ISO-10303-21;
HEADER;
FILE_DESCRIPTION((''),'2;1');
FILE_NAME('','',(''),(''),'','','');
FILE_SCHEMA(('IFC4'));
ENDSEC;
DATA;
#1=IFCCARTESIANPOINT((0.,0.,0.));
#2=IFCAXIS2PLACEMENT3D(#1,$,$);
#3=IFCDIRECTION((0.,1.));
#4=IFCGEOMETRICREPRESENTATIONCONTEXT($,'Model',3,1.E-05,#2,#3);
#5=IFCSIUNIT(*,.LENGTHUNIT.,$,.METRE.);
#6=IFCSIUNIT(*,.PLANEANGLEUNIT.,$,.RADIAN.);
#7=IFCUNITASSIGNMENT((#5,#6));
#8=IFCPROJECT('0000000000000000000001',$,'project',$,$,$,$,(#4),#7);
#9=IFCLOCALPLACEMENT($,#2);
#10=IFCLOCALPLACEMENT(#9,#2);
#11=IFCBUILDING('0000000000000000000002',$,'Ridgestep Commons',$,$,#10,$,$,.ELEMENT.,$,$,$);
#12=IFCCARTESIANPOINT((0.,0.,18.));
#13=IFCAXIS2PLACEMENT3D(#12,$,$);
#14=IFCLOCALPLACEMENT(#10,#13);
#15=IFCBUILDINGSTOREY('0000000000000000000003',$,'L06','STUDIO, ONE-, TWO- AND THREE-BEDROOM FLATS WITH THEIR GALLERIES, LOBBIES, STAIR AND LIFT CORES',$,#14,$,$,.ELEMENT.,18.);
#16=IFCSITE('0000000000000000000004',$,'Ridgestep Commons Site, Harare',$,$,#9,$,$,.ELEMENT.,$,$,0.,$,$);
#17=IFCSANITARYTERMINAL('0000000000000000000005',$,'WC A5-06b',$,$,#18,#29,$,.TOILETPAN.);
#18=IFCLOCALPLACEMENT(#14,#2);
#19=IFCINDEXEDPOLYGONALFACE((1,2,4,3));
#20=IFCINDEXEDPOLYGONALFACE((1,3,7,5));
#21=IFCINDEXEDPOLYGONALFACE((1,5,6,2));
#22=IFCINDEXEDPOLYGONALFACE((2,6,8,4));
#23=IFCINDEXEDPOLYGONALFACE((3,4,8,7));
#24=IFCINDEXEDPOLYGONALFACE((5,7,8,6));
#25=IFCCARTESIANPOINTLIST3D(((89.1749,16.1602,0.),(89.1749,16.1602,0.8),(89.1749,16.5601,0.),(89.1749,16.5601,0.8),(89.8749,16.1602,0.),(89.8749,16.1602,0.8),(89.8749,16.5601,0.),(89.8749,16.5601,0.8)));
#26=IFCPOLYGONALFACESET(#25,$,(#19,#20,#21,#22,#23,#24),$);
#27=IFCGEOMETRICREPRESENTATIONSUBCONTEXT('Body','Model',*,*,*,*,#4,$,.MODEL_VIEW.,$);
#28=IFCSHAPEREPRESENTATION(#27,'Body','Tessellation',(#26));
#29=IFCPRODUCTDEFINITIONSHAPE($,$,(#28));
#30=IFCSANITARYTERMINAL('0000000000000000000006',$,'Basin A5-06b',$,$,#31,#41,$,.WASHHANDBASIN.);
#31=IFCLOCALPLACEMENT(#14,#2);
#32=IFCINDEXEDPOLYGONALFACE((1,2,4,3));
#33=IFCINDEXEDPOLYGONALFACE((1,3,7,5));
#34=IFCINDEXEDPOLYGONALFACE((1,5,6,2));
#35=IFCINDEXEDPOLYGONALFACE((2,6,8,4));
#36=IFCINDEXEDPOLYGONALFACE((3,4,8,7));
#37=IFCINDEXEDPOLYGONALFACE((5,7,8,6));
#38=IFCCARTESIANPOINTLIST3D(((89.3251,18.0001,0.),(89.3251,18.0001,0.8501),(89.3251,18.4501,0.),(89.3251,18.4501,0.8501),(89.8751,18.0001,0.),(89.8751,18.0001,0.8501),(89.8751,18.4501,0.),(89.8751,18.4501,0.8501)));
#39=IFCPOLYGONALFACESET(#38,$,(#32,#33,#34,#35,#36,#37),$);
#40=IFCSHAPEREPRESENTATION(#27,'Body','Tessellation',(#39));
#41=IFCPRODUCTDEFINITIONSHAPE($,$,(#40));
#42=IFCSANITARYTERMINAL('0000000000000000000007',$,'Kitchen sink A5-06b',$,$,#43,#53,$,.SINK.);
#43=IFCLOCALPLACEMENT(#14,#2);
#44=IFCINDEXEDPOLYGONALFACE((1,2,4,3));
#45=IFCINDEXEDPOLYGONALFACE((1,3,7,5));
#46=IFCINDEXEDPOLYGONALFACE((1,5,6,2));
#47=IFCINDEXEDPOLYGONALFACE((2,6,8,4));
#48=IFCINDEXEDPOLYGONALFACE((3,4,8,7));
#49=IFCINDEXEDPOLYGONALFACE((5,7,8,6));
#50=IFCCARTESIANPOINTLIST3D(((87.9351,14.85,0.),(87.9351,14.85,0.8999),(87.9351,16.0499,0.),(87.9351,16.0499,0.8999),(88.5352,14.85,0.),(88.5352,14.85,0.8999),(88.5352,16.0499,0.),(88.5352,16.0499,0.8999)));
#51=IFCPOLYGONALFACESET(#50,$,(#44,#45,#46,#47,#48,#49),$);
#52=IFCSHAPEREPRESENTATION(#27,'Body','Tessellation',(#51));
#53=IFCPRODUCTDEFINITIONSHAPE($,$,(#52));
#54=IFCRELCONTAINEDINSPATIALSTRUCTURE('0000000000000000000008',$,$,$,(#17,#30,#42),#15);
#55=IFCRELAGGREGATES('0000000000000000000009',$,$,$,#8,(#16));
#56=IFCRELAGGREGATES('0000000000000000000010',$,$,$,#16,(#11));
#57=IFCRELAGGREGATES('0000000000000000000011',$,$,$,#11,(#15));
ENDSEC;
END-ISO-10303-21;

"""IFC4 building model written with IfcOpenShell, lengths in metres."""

from ifc_helpers import new_model, si_unit, direction, frame, origin, origin_2d, place, context, subcontext, project, spatial, rectangle, extrude, element, save


model = new_model("IFC4")

# Units and contexts
model_context = context("Model", 3, precision=1e-05, world=origin(), true_north=direction((0.0, 1.0)))
body_context = subcontext(model_context, "Body", "Model", "MODEL_VIEW")
ifc_project = project(units=[si_unit("LENGTHUNIT", "METRE"), si_unit("PLANEANGLEUNIT", "RADIAN")], contexts=[model_context])

# Site, building, storey
site_placement = place(None, origin())
site = spatial("IfcSite", under=ifc_project, at=site_placement, Name="Ridgestep Commons Site, Harare", CompositionType="ELEMENT", RefElevation=0.0)
building_placement = place(site_placement, origin())
building = spatial("IfcBuilding", under=site, at=building_placement, Name="Ridgestep Commons", CompositionType="ELEMENT")
storey_placement = place(building_placement, frame((0.0, 0.0, 18.0)))
storey = spatial("IfcBuildingStorey", under=building, at=storey_placement, Name="L06", Description="STUDIO, ONE-, TWO- AND THREE-BEDROOM FLATS WITH THEIR GALLERIES, LOBBIES, STAIR AND LIFT CORES", CompositionType="ELEMENT", Elevation=18.0)

# Sanitary terminals
sanitary_terminal_1_placement = place(storey_placement, frame((89.5249, 16.3601, 0.0), z_axis=(0.0, 0.0, 1.0), x_axis=(1.0, 0.0, 0.0)))
element("IfcSanitaryTerminal", 1, at=sanitary_terminal_1_placement, inside=storey, Name="WC A5-06b", PredefinedType="TOILETPAN", context=body_context, shape_type="SweptSolid", body=[
    extrude(rectangle(XDim=0.7, YDim=0.3999, at=origin_2d()), origin(), (0.0, 0.0, 1.0), 0.8),
])
sanitary_terminal_2_placement = place(storey_placement, frame((89.6001, 18.2251, 0.0), z_axis=(0.0, 0.0, 1.0), x_axis=(1.0, 0.0, 0.0)))
element("IfcSanitaryTerminal", 2, at=sanitary_terminal_2_placement, inside=storey, Name="Basin A5-06b", PredefinedType="WASHHANDBASIN", context=body_context, shape_type="SweptSolid", body=[
    extrude(rectangle(XDim=0.55, YDim=0.45, at=origin_2d()), origin(), (0.0, 0.0, 1.0), 0.8501),
])
sanitary_terminal_3_placement = place(storey_placement, frame((88.2351, 15.45, 0.0), z_axis=(0.0, 0.0, 1.0), x_axis=(1.0, 0.0, 0.0)))
element("IfcSanitaryTerminal", 3, at=sanitary_terminal_3_placement, inside=storey, Name="Kitchen sink A5-06b", PredefinedType="SINK", context=body_context, shape_type="SweptSolid", body=[
    extrude(rectangle(XDim=0.6001, YDim=1.2, at=origin_2d()), origin(), (0.0, 0.0, 1.0), 0.8999),
])

save(model, "model.ifc")
